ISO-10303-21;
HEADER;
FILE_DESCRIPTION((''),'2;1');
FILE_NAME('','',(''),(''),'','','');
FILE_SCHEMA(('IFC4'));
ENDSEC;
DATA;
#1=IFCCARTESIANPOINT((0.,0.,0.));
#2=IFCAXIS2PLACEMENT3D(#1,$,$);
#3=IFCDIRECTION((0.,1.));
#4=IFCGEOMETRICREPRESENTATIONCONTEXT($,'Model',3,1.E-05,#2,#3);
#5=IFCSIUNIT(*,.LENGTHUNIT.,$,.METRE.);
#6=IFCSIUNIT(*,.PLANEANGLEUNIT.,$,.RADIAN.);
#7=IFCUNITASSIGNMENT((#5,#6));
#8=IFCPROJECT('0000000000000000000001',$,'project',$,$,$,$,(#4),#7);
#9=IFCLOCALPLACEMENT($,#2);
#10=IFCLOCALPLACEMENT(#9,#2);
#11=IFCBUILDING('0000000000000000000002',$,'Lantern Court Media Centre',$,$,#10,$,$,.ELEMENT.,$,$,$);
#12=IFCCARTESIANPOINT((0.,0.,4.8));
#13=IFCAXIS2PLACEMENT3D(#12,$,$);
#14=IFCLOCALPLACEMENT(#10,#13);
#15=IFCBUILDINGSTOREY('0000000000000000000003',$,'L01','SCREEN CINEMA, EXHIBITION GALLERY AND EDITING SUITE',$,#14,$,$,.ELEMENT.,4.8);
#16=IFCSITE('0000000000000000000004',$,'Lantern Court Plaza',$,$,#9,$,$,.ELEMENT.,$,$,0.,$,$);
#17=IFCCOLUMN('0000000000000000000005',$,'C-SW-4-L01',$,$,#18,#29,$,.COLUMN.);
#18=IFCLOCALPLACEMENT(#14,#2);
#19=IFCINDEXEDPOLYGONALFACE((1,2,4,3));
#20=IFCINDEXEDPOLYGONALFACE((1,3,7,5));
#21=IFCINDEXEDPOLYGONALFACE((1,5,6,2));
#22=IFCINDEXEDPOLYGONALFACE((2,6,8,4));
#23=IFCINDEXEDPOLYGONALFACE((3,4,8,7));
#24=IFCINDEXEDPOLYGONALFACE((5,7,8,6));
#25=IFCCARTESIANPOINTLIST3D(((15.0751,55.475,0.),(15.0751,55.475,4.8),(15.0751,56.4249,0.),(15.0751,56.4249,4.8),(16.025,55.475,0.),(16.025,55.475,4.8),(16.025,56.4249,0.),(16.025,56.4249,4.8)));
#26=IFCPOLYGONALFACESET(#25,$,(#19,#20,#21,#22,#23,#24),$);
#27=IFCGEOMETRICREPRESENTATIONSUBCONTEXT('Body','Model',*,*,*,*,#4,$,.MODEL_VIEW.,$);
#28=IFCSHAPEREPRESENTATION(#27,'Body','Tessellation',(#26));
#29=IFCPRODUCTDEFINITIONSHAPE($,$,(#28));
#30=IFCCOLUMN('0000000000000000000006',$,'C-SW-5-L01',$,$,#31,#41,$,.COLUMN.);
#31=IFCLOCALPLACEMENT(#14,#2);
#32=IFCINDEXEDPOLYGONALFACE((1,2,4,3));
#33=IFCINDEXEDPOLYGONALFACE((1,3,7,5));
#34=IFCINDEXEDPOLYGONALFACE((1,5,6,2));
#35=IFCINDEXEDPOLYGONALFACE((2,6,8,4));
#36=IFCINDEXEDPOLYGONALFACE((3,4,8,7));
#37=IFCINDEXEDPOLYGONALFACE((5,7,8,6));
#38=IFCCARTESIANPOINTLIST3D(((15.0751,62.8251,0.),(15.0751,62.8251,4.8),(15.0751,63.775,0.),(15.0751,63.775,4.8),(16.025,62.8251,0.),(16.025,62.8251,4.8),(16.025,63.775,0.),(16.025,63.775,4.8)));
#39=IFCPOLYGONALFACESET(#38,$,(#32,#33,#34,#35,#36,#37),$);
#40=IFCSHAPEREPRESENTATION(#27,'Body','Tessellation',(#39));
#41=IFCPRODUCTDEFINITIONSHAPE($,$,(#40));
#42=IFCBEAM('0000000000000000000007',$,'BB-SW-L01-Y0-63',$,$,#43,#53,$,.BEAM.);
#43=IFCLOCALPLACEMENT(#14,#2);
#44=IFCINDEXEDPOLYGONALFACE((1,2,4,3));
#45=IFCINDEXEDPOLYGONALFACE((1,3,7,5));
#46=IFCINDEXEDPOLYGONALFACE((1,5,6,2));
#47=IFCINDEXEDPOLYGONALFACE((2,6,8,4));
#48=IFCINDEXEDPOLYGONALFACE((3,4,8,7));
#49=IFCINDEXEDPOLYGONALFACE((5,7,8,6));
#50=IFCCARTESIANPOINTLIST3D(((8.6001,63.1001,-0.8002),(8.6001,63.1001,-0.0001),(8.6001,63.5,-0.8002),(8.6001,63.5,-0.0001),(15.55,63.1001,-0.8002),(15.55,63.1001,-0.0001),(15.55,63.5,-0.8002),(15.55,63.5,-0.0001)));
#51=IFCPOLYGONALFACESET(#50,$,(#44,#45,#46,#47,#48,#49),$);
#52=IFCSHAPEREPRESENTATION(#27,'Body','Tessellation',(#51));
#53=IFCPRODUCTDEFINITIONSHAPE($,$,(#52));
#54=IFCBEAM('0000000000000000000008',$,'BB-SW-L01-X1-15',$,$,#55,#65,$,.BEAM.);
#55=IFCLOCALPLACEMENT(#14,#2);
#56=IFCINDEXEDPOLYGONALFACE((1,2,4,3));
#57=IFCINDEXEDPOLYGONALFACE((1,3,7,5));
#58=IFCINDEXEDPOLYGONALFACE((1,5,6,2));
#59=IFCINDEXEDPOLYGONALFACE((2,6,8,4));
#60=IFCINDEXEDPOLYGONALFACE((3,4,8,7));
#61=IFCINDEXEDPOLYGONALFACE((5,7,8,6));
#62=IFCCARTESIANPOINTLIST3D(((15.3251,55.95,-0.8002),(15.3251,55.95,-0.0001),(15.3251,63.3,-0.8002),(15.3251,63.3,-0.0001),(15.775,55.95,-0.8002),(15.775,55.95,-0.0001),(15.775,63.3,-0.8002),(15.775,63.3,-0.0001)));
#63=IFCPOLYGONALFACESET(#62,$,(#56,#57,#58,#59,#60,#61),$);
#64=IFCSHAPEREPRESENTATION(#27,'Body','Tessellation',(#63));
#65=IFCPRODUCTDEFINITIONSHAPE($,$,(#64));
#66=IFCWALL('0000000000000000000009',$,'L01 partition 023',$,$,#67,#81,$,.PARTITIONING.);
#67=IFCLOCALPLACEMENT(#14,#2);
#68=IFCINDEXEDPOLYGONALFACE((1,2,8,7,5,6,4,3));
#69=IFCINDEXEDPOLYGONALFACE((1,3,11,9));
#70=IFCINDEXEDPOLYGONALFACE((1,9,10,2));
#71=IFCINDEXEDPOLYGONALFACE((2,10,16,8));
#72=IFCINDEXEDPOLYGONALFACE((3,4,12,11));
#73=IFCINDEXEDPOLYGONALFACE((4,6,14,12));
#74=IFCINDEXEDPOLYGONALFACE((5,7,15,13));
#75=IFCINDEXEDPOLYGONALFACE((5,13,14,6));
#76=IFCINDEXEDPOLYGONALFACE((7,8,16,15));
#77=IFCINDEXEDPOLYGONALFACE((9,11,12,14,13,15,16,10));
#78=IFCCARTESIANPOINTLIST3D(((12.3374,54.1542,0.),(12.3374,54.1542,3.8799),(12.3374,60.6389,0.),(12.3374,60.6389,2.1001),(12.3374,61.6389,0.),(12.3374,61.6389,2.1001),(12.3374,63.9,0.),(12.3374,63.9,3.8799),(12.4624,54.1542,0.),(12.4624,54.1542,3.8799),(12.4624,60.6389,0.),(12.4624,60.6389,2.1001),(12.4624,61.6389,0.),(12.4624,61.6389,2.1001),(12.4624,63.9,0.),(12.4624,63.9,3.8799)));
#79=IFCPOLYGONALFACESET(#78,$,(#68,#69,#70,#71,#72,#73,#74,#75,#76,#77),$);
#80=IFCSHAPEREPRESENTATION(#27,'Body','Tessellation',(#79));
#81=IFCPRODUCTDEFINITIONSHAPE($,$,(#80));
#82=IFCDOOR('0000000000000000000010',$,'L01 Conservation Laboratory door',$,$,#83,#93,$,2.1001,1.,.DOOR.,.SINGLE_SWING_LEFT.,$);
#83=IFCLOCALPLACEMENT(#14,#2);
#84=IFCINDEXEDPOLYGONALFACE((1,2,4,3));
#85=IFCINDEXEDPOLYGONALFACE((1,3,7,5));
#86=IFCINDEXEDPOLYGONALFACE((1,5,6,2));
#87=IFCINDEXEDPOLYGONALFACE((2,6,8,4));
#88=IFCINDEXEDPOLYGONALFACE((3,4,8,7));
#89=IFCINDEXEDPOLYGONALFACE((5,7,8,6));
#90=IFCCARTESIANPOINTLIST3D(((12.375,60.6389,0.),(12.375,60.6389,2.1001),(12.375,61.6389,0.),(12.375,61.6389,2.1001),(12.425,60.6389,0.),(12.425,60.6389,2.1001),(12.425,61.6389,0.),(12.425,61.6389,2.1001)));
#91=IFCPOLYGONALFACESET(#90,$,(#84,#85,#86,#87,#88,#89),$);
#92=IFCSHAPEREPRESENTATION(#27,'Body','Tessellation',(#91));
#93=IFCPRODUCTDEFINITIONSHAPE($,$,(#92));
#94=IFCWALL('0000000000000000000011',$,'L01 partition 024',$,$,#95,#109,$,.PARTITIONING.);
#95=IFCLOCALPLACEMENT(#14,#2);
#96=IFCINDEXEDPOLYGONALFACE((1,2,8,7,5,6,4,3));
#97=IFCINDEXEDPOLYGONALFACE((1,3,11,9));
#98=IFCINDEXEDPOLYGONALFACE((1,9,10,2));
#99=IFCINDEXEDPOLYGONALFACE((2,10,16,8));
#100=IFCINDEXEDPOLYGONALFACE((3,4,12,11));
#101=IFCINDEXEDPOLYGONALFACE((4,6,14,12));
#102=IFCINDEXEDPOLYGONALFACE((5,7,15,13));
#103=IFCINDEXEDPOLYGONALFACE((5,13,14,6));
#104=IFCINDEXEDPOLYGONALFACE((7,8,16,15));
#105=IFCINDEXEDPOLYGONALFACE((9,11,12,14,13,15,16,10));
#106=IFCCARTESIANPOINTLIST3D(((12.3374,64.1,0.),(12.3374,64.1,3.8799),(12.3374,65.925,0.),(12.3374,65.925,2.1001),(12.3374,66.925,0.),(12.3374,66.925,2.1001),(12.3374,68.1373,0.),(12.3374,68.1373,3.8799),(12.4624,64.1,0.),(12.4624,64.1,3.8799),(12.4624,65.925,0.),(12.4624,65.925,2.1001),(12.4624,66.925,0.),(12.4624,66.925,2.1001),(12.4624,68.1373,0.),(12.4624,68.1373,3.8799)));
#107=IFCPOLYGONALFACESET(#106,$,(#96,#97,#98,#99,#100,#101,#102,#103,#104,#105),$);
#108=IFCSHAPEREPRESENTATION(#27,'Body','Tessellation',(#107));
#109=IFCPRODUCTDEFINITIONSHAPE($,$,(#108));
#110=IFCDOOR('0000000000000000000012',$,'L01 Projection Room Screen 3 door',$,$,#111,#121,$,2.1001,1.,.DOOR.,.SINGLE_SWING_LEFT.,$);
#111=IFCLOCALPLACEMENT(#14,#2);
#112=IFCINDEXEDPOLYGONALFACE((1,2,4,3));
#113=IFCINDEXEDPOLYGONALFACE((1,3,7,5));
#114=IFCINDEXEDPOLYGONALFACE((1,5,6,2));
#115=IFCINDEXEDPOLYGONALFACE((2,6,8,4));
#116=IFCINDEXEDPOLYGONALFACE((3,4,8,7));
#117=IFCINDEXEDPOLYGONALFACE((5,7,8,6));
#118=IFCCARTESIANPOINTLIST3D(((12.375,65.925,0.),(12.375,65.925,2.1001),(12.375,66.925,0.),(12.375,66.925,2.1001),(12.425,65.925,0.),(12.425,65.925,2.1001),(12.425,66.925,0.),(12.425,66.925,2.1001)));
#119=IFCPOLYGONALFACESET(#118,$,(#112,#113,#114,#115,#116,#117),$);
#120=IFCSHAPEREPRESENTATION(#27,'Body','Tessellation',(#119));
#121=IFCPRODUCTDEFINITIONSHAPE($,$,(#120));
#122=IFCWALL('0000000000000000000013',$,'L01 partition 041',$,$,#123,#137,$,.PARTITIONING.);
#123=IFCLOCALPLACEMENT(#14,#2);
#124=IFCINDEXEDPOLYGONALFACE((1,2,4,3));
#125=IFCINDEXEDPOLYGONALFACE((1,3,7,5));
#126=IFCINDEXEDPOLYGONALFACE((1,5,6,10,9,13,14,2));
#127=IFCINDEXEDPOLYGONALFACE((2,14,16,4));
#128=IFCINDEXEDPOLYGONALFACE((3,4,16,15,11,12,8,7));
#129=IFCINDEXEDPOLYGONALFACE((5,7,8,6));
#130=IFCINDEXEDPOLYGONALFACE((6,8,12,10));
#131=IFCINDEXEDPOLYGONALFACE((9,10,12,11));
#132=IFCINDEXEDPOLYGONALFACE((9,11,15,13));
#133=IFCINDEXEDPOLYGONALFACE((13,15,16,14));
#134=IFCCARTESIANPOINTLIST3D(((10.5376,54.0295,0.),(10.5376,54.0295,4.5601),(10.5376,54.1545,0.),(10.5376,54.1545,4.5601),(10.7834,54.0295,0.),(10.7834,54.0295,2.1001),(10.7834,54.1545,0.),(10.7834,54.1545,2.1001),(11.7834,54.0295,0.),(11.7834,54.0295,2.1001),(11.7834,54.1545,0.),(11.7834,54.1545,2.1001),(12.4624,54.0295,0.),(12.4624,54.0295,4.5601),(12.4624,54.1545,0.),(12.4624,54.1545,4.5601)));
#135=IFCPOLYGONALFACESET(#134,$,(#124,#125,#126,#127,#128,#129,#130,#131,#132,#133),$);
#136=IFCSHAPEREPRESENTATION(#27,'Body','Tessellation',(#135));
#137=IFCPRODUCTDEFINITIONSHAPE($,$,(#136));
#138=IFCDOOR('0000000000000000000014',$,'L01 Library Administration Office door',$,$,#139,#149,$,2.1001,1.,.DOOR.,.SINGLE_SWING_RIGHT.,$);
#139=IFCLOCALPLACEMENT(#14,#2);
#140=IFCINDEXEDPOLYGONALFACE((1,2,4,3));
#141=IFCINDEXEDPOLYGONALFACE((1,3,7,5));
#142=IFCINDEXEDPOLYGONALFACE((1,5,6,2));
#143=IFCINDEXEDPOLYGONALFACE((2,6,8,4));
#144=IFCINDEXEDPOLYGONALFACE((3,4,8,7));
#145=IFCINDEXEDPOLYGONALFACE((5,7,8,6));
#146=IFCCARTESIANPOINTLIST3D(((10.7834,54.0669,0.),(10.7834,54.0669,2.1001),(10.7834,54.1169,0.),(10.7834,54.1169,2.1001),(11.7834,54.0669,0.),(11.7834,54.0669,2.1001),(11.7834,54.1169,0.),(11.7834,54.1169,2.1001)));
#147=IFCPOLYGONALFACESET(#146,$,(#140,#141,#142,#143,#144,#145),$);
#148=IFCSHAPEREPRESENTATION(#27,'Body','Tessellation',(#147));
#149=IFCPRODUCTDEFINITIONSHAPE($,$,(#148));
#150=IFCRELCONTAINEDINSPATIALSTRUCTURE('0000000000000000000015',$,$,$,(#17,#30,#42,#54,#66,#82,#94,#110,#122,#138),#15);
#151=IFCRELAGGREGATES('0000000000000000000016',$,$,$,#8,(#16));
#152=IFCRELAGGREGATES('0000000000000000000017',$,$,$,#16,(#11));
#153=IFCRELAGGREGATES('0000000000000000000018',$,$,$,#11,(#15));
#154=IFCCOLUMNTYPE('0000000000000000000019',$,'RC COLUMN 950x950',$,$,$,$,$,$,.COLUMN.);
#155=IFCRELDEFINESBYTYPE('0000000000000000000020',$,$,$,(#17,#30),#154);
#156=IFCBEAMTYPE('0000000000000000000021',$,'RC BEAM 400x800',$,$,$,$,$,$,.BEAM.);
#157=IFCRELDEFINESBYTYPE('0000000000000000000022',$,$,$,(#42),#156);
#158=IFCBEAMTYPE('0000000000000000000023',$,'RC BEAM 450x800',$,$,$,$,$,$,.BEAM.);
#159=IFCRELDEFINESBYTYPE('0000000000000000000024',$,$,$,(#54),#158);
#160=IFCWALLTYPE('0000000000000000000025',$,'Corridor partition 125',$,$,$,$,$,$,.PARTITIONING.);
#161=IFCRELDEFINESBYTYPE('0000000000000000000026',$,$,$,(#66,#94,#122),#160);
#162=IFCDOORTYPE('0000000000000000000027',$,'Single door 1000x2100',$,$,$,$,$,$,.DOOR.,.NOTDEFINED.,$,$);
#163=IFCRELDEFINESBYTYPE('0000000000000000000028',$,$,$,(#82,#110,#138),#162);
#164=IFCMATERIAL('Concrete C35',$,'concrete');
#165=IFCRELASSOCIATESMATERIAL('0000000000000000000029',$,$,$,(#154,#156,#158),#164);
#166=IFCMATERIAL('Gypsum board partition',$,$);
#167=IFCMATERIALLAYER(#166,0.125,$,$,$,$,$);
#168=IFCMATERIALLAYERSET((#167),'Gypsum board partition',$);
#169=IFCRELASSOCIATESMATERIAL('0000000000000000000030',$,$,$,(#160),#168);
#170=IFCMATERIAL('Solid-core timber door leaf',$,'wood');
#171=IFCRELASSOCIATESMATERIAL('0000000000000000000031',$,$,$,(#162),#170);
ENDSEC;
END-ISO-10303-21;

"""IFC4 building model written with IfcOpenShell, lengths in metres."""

from ifc_helpers import new_model, si_unit, direction, frame, frame_2d, origin, origin_2d, place, context, subcontext, project, spatial, rectangle, extrude, material, layer, layer_set, material_profile, profile_set, type_object, element, fill, save


model = new_model("IFC4")

# Units and contexts
model_context = context("Model", 3, precision=1e-05, world=origin(), true_north=direction((0.0, 1.0)))
body_context = subcontext(model_context, "Body", "Model", "MODEL_VIEW")
ifc_project = project(units=[si_unit("LENGTHUNIT", "METRE"), si_unit("PLANEANGLEUNIT", "RADIAN")], contexts=[model_context])

# Site, building, storey
site_placement = place(None, origin())
site = spatial("IfcSite", under=ifc_project, at=site_placement, Name="Lantern Court Plaza", CompositionType="ELEMENT", RefElevation=0.0)
building_placement = place(site_placement, origin())
building = spatial("IfcBuilding", under=site, at=building_placement, Name="Lantern Court Media Centre", CompositionType="ELEMENT")
storey_placement = place(building_placement, frame((0.0, 0.0, 4.8)))
storey = spatial("IfcBuildingStorey", under=building, at=storey_placement, Name="L01", Description="SCREEN CINEMA, EXHIBITION GALLERY AND EDITING SUITE", CompositionType="ELEMENT", Elevation=4.8)

# Columns
ifc_material_1 = material(Name="Concrete C35", Category="concrete")
ifc_material_profile_1 = material_profile(ifc_material_1, rectangle(XDim=0.95, YDim=0.95, at=origin_2d()), Name="RC 950x950")
ifc_profile_set_1 = profile_set([ifc_material_profile_1], Name="Concrete C35")
column_type = type_object("IfcColumnType", Name="RC COLUMN 950x950", PredefinedType="COLUMN", material=ifc_profile_set_1)
for number, where, z_axis, x_axis, name in (
    (1, (15.55, 55.95, 0.0), (0.0, 0.0, 1.0), (1.0, 0.0, 0.0), "C-SW-4-L01"),
    (2, (15.55, 63.3, 0.0), (0.0, 0.0, 1.0), (1.0, 0.0, 0.0), "C-SW-5-L01"),
):
    element("IfcColumn", number, at=place(storey_placement, frame(where, z_axis=z_axis, x_axis=x_axis)), inside=storey, type_object=column_type, Name=name, PredefinedType="COLUMN", context=body_context, shape_type="SweptSolid", body=[
        extrude(rectangle(XDim=0.95, YDim=0.95, at=origin_2d()), origin(), (0.0, 0.0, 1.0), 4.8),
    ])

# Beams
ifc_material_profile_2 = material_profile(ifc_material_1, rectangle(XDim=0.3999, YDim=0.8, at=origin_2d()), Name="RC 400x800")
ifc_profile_set_2 = profile_set([ifc_material_profile_2], Name="Concrete C35")
beam_type_1 = type_object("IfcBeamType", Name="RC BEAM 400x800", PredefinedType="BEAM", material=ifc_profile_set_2)
beam_1_placement = place(storey_placement, frame((8.6001, 63.3, -0.4001), z_axis=(1.0, 0.0, 0.0), x_axis=(0.0, 1.0, 0.0)))
element("IfcBeam", 3, at=beam_1_placement, inside=storey, type_object=beam_type_1, Name="BB-SW-L01-Y0-63", PredefinedType="BEAM", context=body_context, shape_type="SweptSolid", body=[
    extrude(rectangle(XDim=0.3999, YDim=0.8, at=origin_2d()), origin(), (0.0, 0.0, 1.0), 6.95),
])
ifc_material_profile_3 = material_profile(ifc_material_1, rectangle(XDim=0.45, YDim=0.8, at=origin_2d()), Name="RC 450x800")
ifc_profile_set_3 = profile_set([ifc_material_profile_3], Name="Concrete C35")
beam_type_2 = type_object("IfcBeamType", Name="RC BEAM 450x800", PredefinedType="BEAM", material=ifc_profile_set_3)
beam_2_placement = place(storey_placement, frame((15.55, 55.95, -0.4001), z_axis=(0.0, 1.0, 0.0), x_axis=(-1.0, 0.0, 0.0)))
element("IfcBeam", 4, at=beam_2_placement, inside=storey, type_object=beam_type_2, Name="BB-SW-L01-X1-15", PredefinedType="BEAM", context=body_context, shape_type="SweptSolid", body=[
    extrude(rectangle(XDim=0.45, YDim=0.8, at=origin_2d()), origin(), (0.0, 0.0, 1.0), 7.3501),
])

# Walls, openings, doors
ifc_material_2 = material(Name="Gypsum board partition")
ifc_layer_1 = layer(ifc_material_2, 0.125)
ifc_layer_set_1 = layer_set([ifc_layer_1], Name="Gypsum board partition")
wall_type_1 = type_object("IfcWallType", Name="Corridor partition 125", PredefinedType="PARTITIONING", material=ifc_layer_set_1)
wall_1_placement = place(storey_placement, frame((12.3999, 54.1541, 0.0), z_axis=(0.0, 0.0, 1.0), x_axis=(0.0, 1.0, 0.0)))
wall_1 = element("IfcWall", 5, at=wall_1_placement, inside=storey, type_object=wall_type_1, Name="L01 partition 023", PredefinedType="PARTITIONING", context=body_context, shape_type="SweptSolid", body=[
    extrude(rectangle(XDim=9.7458, YDim=0.125, at=frame_2d((4.873, 0.0))), origin(), (0.0, 0.0, 1.0), 3.8799),
])
opening_1_placement = place(wall_1_placement, frame((6.4849, 0.0, 0.0)))
opening_1 = element("IfcOpeningElement", 6, at=opening_1_placement, cuts=wall_1, PredefinedType="OPENING", context=body_context, shape_type="SweptSolid", body=[
    extrude(rectangle(XDim=1.0, YDim=2.1001, at=frame_2d((0.5, 1.05))), frame((0.0, 0.0725, 0.0), z_axis=(0.0, -1.0, 0.0), x_axis=(1.0, 0.0, 0.0)), (0.0, 0.0, 1.0), 0.145),
])
ifc_material_3 = material(Name="Solid-core timber door leaf", Category="wood")
door_type_1 = type_object("IfcDoorType", Name="Single door 1000x2100", OperationType="NOTDEFINED", PredefinedType="DOOR", material=ifc_material_3)
door_1_placement = place(opening_1_placement, origin())
door_1 = element("IfcDoor", 7, at=door_1_placement, inside=storey, type_object=door_type_1, Name="L01 Conservation Laboratory door", OperationType="SINGLE_SWING_LEFT", OverallHeight=2.1001, OverallWidth=1.0, PredefinedType="DOOR", context=body_context, shape_type="SweptSolid", body=[
    extrude(rectangle(XDim=1.0, YDim=2.1001, at=frame_2d((0.5, 1.05))), frame((0.0, 0.0249, 0.0), z_axis=(0.0, -1.0, 0.0), x_axis=(1.0, 0.0, 0.0)), (0.0, 0.0, 1.0), 0.05),
])
fill(opening_1, door_1)
wall_2_placement = place(storey_placement, frame((12.3999, 64.1001, 0.0), z_axis=(0.0, 0.0, 1.0), x_axis=(0.0, 1.0, 0.0)))
wall_2 = element("IfcWall", 8, at=wall_2_placement, inside=storey, type_object=wall_type_1, Name="L01 partition 024", PredefinedType="PARTITIONING", context=body_context, shape_type="SweptSolid", body=[
    extrude(rectangle(XDim=4.0374, YDim=0.125, at=frame_2d((2.0186, 0.0))), origin(), (0.0, 0.0, 1.0), 3.8799),
])
opening_2_placement = place(wall_2_placement, frame((1.825, 0.0, 0.0)))
opening_2 = element("IfcOpeningElement", 9, at=opening_2_placement, cuts=wall_2, PredefinedType="OPENING", context=body_context, shape_type="SweptSolid", body=[
    extrude(rectangle(XDim=1.0, YDim=2.1001, at=frame_2d((0.5, 1.05))), frame((0.0, 0.0725, 0.0), z_axis=(0.0, -1.0, 0.0), x_axis=(1.0, 0.0, 0.0)), (0.0, 0.0, 1.0), 0.145),
])
door_2_placement = place(opening_2_placement, origin())
door_2 = element("IfcDoor", 10, at=door_2_placement, inside=storey, type_object=door_type_1, Name="L01 Projection Room Screen 3 door", OperationType="SINGLE_SWING_LEFT", OverallHeight=2.1001, OverallWidth=1.0, PredefinedType="DOOR", context=body_context, shape_type="SweptSolid", body=[
    extrude(rectangle(XDim=1.0, YDim=2.1001, at=frame_2d((0.5, 1.05))), frame((0.0, 0.0249, 0.0), z_axis=(0.0, -1.0, 0.0), x_axis=(1.0, 0.0, 0.0)), (0.0, 0.0, 1.0), 0.05),
])
fill(opening_2, door_2)
wall_3_placement = place(storey_placement, frame((10.5376, 54.092, 0.0), z_axis=(0.0, 0.0, 1.0), x_axis=(1.0, 0.0, 0.0)))
wall_3 = element("IfcWall", 11, at=wall_3_placement, inside=storey, type_object=wall_type_1, Name="L01 partition 041", PredefinedType="PARTITIONING", context=body_context, shape_type="SweptSolid", body=[
    extrude(rectangle(XDim=1.9248, YDim=0.125, at=frame_2d((0.9624, 0.0))), origin(), (0.0, 0.0, 1.0), 4.5601),
])
opening_3_placement = place(wall_3_placement, frame((0.2458, 0.0, 0.0)))
opening_3 = element("IfcOpeningElement", 12, at=opening_3_placement, cuts=wall_3, PredefinedType="OPENING", context=body_context, shape_type="SweptSolid", body=[
    extrude(rectangle(XDim=1.0, YDim=2.1001, at=frame_2d((0.5, 1.05))), frame((0.0, 0.0725, 0.0), z_axis=(0.0, -1.0, 0.0), x_axis=(1.0, 0.0, 0.0)), (0.0, 0.0, 1.0), 0.145),
])
door_3_placement = place(opening_3_placement, origin())
door_3 = element("IfcDoor", 13, at=door_3_placement, inside=storey, type_object=door_type_1, Name="L01 Library Administration Office door", OperationType="SINGLE_SWING_RIGHT", OverallHeight=2.1001, OverallWidth=1.0, PredefinedType="DOOR", context=body_context, shape_type="SweptSolid", body=[
    extrude(rectangle(XDim=1.0, YDim=2.1001, at=frame_2d((0.5, 1.05))), frame((0.0, 0.0249, 0.0), z_axis=(0.0, -1.0, 0.0), x_axis=(1.0, 0.0, 0.0)), (0.0, 0.0, 1.0), 0.05),
])
fill(opening_3, door_3)

save(model, "model.ifc")
